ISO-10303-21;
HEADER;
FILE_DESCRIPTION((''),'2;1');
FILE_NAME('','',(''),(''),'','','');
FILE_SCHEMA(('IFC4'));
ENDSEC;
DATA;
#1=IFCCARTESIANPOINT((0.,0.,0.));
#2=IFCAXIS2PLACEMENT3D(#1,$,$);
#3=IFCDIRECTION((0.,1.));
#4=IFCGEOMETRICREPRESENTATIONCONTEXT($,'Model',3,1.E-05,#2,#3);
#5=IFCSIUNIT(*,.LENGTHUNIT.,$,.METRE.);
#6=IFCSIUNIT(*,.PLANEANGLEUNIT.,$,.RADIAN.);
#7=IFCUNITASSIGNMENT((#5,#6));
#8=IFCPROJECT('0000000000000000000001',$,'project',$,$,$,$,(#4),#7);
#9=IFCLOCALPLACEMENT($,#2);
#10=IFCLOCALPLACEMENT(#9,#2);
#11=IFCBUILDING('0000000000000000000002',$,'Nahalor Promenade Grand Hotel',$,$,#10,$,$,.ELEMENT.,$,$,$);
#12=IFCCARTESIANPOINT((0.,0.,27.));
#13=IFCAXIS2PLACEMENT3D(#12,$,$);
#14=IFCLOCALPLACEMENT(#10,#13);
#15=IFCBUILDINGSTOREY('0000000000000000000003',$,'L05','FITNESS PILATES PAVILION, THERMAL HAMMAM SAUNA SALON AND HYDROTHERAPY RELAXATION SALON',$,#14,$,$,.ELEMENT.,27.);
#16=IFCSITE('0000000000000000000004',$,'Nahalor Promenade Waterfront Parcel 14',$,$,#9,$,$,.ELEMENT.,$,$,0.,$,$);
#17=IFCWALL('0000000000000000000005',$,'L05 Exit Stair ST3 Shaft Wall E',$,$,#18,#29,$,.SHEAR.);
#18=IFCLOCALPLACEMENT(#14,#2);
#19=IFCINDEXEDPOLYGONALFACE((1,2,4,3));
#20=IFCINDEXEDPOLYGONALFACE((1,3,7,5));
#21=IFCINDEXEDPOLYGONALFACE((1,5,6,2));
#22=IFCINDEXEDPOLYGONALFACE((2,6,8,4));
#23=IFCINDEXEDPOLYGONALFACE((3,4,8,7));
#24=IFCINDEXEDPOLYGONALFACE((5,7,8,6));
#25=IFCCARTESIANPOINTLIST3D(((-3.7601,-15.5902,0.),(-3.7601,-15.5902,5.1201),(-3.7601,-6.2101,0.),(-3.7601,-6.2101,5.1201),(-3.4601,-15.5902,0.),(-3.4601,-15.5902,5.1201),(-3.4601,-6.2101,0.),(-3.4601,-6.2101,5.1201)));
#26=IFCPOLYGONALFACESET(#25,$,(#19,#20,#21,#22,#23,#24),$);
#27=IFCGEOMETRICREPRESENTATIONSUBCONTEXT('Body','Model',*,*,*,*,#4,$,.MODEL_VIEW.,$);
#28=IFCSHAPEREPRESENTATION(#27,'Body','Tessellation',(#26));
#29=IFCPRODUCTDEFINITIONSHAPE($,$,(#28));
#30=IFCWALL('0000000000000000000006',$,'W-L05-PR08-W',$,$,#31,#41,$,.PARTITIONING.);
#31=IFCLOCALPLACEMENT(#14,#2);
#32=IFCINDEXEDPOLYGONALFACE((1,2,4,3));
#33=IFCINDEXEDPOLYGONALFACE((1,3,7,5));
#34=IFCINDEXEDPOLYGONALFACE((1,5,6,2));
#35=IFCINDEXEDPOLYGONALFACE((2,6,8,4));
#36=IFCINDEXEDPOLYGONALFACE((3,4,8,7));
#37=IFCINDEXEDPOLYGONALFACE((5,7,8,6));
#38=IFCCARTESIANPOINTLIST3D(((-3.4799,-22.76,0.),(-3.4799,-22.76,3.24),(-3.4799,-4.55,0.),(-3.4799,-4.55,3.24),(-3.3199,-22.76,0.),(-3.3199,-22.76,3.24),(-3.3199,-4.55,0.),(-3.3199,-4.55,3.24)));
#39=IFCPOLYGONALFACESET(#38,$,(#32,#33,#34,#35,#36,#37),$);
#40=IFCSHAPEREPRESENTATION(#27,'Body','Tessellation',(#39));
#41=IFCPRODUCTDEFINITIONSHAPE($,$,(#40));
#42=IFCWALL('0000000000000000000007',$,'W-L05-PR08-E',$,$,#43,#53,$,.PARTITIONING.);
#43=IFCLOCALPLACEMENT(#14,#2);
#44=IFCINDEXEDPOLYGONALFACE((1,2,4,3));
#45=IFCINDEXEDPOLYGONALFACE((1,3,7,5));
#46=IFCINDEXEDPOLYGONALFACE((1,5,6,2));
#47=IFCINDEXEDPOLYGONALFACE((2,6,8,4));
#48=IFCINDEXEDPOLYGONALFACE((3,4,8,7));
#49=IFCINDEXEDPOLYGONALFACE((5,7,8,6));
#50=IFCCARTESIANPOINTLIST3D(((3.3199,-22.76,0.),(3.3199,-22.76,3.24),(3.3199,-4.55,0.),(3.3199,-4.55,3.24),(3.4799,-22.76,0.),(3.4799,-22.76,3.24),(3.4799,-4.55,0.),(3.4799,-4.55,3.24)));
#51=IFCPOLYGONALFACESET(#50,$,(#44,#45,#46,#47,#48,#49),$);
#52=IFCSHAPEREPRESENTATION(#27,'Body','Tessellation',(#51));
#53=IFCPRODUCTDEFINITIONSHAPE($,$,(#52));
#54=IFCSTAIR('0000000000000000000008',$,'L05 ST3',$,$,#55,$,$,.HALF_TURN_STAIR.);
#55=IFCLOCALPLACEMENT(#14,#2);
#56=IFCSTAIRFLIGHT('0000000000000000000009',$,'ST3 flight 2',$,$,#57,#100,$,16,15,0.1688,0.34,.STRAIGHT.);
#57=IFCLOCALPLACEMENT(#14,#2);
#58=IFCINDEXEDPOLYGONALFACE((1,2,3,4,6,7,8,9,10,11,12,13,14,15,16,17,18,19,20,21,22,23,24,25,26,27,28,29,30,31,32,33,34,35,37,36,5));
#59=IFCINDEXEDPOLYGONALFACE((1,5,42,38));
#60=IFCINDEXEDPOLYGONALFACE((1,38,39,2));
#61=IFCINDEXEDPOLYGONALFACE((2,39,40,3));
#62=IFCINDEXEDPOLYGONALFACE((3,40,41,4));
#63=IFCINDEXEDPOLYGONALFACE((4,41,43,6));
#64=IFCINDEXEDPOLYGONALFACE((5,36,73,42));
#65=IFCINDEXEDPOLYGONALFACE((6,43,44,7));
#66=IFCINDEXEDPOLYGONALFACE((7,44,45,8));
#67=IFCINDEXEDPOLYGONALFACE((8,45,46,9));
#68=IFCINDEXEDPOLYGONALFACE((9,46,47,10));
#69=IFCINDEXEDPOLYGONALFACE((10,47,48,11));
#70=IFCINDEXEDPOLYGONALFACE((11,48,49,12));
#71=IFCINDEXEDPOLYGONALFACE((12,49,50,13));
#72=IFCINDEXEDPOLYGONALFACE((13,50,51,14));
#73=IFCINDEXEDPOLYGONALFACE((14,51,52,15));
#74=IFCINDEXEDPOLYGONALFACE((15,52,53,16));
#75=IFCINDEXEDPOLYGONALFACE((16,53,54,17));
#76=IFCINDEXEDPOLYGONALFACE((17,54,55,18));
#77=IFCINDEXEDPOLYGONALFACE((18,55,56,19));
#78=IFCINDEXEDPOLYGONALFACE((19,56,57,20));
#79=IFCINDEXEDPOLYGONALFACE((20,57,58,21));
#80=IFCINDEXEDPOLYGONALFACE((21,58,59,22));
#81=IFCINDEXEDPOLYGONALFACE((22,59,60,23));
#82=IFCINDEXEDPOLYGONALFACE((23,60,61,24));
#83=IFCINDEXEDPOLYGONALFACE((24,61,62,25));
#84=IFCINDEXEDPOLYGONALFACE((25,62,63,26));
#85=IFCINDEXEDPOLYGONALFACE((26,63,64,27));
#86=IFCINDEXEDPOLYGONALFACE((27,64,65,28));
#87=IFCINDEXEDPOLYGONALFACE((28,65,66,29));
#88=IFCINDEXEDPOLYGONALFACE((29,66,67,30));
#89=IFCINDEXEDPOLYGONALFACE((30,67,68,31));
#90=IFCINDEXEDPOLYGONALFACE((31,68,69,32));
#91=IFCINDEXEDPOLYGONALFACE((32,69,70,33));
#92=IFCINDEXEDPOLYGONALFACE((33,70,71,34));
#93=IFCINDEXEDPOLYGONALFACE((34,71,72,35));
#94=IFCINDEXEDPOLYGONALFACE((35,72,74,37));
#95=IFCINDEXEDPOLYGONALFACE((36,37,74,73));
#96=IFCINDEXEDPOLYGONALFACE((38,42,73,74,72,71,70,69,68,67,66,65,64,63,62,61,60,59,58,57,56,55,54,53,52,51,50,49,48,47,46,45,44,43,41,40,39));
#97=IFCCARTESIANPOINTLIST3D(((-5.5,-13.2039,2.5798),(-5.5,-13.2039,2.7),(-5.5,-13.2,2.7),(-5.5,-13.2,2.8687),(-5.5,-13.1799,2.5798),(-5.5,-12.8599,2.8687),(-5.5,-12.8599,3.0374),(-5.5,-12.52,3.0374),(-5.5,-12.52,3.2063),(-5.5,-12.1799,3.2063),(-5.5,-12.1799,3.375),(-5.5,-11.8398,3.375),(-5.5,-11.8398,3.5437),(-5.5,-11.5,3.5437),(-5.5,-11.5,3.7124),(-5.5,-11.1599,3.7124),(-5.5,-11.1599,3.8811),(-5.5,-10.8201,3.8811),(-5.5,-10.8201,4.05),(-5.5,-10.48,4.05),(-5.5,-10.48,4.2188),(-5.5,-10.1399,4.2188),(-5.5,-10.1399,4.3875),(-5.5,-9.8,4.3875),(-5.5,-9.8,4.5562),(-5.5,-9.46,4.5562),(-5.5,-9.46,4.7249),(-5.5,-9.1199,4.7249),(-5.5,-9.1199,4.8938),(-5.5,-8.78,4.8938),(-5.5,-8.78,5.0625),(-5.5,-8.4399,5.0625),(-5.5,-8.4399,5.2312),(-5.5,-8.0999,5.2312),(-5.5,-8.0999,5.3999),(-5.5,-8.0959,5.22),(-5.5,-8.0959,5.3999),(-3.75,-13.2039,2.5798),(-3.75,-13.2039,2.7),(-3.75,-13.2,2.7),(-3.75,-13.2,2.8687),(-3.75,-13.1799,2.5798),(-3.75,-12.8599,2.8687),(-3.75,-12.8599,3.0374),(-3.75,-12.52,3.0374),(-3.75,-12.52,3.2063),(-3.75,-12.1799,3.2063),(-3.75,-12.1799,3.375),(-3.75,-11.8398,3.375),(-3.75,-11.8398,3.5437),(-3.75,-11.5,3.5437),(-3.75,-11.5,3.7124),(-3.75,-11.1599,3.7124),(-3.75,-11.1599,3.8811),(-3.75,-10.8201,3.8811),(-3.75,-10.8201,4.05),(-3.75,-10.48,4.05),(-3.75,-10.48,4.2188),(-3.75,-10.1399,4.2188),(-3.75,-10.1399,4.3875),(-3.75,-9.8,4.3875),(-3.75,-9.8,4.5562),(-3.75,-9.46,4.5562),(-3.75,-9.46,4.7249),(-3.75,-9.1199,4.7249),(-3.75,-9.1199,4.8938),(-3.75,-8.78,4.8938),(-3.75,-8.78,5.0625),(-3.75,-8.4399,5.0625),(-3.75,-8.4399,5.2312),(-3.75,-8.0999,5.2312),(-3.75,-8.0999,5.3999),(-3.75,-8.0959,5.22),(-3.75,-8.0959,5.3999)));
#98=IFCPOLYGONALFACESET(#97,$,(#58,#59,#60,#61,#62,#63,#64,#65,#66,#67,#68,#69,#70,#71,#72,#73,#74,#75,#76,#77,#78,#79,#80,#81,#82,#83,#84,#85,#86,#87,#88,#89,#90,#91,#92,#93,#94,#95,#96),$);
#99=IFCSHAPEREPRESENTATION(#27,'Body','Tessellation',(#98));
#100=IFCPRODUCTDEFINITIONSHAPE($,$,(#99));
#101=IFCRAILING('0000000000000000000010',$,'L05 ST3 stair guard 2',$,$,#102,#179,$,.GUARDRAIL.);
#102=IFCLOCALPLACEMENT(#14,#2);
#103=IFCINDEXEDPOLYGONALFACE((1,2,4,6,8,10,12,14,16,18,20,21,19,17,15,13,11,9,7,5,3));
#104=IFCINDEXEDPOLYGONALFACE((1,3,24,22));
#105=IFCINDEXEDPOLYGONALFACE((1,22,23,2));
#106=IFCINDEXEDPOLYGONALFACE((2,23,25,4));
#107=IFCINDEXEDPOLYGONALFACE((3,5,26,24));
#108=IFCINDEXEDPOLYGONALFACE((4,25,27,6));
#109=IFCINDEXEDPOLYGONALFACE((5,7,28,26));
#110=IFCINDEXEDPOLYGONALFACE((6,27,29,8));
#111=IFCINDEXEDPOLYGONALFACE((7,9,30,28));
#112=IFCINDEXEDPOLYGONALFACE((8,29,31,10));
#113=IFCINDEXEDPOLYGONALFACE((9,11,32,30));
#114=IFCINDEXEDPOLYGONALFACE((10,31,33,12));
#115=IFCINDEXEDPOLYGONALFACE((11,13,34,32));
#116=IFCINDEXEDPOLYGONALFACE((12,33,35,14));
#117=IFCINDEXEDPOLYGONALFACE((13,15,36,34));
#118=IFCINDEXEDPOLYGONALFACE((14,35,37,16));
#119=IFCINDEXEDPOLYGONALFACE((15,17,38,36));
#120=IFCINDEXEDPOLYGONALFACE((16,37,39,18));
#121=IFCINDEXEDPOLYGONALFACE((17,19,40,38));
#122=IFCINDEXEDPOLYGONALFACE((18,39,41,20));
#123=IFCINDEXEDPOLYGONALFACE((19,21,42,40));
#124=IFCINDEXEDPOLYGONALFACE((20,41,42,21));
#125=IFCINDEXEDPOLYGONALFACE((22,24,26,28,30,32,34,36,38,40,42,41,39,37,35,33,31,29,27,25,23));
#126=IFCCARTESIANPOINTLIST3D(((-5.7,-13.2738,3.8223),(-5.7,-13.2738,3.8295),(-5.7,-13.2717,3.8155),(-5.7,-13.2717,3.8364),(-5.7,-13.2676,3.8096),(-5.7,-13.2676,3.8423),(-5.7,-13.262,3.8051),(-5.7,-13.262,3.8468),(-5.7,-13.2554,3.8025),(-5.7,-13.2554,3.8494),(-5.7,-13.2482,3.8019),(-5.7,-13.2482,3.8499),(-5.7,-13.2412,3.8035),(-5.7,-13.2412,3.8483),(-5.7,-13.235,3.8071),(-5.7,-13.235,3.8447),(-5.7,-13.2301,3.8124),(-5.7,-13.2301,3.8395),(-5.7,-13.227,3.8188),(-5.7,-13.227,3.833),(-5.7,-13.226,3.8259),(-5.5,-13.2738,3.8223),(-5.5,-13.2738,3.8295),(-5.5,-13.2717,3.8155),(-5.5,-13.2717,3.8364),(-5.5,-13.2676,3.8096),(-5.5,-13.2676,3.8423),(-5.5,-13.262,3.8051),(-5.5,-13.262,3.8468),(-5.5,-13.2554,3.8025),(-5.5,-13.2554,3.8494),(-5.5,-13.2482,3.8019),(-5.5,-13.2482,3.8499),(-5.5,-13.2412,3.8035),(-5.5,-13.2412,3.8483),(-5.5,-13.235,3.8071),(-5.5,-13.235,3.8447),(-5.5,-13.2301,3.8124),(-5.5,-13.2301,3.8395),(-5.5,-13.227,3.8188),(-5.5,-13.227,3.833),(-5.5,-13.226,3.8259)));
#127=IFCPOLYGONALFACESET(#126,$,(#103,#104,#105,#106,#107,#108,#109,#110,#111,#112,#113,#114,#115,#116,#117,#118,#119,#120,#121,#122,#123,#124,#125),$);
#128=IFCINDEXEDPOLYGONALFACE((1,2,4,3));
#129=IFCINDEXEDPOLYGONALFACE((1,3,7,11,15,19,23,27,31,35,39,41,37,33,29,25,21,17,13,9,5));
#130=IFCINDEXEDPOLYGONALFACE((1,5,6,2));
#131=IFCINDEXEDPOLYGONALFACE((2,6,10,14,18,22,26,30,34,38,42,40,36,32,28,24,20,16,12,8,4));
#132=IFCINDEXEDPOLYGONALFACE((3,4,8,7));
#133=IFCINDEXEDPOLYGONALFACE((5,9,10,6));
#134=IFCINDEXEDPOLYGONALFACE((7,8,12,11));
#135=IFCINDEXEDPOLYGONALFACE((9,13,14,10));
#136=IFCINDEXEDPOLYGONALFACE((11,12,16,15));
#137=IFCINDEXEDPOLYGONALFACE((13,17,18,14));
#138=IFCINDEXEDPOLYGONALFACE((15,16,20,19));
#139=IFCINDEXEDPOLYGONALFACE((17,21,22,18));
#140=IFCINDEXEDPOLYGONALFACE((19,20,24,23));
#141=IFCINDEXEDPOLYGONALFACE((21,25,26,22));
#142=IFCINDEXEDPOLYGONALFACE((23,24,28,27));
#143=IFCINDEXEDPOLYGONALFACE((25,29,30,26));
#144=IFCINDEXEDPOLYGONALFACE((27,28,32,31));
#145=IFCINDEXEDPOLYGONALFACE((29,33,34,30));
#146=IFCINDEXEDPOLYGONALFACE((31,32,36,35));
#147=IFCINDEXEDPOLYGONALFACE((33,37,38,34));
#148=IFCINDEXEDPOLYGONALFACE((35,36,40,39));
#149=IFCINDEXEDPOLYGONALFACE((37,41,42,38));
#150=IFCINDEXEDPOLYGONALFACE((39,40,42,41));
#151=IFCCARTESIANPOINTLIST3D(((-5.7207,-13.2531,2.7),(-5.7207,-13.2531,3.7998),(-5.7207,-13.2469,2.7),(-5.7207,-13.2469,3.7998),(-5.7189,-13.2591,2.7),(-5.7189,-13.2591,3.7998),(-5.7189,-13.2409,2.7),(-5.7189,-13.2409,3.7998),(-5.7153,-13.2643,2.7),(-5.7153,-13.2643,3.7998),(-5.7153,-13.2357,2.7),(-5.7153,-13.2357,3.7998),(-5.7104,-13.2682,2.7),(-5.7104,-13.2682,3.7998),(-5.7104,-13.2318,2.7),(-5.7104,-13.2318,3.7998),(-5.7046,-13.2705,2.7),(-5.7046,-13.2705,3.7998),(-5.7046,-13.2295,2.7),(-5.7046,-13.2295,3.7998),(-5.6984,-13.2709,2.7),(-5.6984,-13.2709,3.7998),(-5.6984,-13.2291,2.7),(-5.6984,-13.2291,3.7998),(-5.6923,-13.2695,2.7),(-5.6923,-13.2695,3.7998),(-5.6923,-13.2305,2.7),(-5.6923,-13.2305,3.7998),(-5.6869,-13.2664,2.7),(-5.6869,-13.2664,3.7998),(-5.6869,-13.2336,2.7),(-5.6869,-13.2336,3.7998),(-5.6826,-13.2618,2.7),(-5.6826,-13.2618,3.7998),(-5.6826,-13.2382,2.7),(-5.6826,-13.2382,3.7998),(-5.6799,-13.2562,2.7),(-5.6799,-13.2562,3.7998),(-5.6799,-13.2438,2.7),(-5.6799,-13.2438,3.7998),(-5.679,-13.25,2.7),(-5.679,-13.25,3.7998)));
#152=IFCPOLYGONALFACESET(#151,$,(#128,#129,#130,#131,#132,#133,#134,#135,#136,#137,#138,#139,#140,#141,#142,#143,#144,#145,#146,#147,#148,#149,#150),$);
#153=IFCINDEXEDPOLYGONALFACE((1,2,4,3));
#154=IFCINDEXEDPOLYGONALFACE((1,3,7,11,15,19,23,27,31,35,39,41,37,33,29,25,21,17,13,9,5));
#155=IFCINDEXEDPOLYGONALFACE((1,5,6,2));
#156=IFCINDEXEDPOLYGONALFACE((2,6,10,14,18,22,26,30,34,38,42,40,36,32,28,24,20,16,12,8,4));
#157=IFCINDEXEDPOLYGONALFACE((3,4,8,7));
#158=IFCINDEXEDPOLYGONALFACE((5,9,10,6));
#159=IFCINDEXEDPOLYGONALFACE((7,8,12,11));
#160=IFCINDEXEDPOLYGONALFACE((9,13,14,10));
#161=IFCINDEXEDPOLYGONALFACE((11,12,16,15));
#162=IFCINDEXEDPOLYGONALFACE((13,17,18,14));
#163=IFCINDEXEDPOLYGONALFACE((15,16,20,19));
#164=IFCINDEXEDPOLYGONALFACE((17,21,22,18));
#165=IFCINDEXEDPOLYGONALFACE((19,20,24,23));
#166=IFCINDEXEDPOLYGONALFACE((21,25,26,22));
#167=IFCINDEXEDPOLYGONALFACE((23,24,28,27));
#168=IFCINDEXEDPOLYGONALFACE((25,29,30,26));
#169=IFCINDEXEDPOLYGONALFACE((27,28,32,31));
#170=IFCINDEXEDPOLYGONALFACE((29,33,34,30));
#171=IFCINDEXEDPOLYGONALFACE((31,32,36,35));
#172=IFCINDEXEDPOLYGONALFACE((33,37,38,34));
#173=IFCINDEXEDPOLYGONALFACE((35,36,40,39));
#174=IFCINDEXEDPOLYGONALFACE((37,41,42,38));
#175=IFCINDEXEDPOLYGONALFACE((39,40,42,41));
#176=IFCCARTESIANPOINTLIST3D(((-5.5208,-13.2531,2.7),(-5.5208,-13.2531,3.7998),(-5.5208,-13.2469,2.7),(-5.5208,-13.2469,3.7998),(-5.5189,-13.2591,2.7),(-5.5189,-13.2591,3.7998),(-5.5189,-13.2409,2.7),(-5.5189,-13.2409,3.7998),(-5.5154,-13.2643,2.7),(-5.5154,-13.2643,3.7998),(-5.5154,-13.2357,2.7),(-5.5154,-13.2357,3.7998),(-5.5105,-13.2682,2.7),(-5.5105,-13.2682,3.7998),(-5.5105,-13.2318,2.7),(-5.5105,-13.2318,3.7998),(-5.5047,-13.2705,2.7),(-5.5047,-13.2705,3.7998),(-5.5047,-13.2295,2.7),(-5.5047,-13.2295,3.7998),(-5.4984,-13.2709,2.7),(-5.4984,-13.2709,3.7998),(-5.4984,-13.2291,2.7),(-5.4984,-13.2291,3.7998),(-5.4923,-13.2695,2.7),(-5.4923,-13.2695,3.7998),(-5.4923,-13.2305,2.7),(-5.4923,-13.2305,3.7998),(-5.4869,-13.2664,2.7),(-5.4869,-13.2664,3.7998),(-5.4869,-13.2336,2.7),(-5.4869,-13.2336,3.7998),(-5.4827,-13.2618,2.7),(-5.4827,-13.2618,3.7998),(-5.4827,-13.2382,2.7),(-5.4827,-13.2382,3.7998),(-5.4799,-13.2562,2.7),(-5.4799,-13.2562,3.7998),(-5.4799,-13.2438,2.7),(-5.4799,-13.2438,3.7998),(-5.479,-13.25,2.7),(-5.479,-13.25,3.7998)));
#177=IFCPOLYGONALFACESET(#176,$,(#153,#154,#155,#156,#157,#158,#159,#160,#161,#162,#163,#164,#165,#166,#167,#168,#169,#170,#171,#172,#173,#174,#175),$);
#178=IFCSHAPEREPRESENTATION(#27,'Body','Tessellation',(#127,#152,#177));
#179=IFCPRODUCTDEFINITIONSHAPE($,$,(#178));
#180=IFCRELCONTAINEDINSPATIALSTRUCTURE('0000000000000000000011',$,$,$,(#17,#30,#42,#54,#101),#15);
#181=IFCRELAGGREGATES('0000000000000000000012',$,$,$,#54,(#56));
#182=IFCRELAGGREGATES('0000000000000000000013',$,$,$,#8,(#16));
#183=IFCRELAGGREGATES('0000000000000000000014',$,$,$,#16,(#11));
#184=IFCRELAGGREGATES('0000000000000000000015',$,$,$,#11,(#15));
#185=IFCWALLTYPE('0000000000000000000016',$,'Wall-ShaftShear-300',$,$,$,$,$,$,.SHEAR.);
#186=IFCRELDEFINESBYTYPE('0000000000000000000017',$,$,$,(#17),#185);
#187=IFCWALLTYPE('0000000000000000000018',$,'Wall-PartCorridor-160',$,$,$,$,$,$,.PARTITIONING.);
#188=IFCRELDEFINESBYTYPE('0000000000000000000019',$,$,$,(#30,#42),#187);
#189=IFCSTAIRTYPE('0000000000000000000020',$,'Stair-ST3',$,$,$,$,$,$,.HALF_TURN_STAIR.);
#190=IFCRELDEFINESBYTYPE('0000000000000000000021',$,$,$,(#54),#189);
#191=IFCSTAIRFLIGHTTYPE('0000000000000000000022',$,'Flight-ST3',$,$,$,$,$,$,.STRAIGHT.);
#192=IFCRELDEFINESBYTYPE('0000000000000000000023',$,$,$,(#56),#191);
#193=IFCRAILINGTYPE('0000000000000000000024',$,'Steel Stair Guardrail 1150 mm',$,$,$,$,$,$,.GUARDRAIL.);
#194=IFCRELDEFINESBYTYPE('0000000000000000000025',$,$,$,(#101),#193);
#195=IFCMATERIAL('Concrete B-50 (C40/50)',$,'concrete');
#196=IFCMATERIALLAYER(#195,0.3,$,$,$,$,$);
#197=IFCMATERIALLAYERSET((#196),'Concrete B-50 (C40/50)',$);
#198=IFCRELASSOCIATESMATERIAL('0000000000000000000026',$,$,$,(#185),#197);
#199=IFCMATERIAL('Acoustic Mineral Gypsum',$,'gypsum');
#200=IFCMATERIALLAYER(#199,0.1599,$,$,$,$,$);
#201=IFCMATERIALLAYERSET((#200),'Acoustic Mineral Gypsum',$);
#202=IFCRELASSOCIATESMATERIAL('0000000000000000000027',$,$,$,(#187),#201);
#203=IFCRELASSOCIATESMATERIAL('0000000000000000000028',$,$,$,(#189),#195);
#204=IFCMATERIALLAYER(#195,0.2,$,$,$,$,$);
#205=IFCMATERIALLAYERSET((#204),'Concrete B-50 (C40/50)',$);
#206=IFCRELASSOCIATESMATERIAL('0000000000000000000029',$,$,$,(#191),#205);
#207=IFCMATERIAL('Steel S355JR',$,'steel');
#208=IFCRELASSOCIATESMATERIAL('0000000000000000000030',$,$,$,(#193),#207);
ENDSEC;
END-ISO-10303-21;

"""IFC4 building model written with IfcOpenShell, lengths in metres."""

from ifc_helpers import new_model, si_unit, direction, frame, frame_2d, origin, origin_2d, place, context, subcontext, project, spatial, polyline, rectangle, circle, outline, extrude, source, transform, mapped, material, layer, layer_set, type_object, element, aggregate, save


model = new_model("IFC4")

# Units and contexts
model_context = context("Model", 3, precision=1e-05, world=origin(), true_north=direction((0.0, 1.0)))
body_context = subcontext(model_context, "Body", "Model", "MODEL_VIEW")
ifc_project = project(units=[si_unit("LENGTHUNIT", "METRE"), si_unit("PLANEANGLEUNIT", "RADIAN")], contexts=[model_context])

# Site, building, storey
site_placement = place(None, origin())
site = spatial("IfcSite", under=ifc_project, at=site_placement, Name="Nahalor Promenade Waterfront Parcel 14", CompositionType="ELEMENT", RefElevation=0.0)
building_placement = place(site_placement, origin())
building = spatial("IfcBuilding", under=site, at=building_placement, Name="Nahalor Promenade Grand Hotel", CompositionType="ELEMENT")
storey_placement = place(building_placement, frame((0.0, 0.0, 27.0)))
storey = spatial("IfcBuildingStorey", under=building, at=storey_placement, Name="L05", Description="FITNESS PILATES PAVILION, THERMAL HAMMAM SAUNA SALON AND HYDROTHERAPY RELAXATION SALON", CompositionType="ELEMENT", Elevation=27.0)

# Shared definitions
ifc_material_1 = material(Name="Steel S355JR", Category="steel")

# Walls
ifc_material_2 = material(Name="Concrete B-50 (C40/50)", Category="concrete")
ifc_layer_1 = layer(ifc_material_2, 0.3)
ifc_layer_set_1 = layer_set([ifc_layer_1], Name="Concrete B-50 (C40/50)")
wall_type_1 = type_object("IfcWallType", Name="Wall-ShaftShear-300", PredefinedType="SHEAR", material=ifc_layer_set_1)
shared_shape_1 = source(origin(), body_context, "Body", "SweptSolid", [
    extrude(rectangle(XDim=9.3801, YDim=0.3, at=frame_2d((4.6899, 0.0))), origin(), (0.0, 0.0, 1.0), 5.1201),
])
for number, where, z_axis, x_axis, name in (
    (1, (-3.6101, -15.5901, 0.0), (0.0, 0.0, 1.0), (0.0, 1.0, 0.0), "L05 Exit Stair ST3 Shaft Wall E"),
):
    element("IfcWall", number, at=place(storey_placement, frame(where, z_axis=z_axis, x_axis=x_axis)), inside=storey, type_object=wall_type_1, Name=name, PredefinedType="SHEAR", context=body_context, shape_type="MappedRepresentation", body=[
        mapped(shared_shape_1, transform((0.0, 0.0, 0.0), scale=1.0)),
    ])
ifc_material_3 = material(Name="Acoustic Mineral Gypsum", Category="gypsum")
ifc_layer_2 = layer(ifc_material_3, 0.1599)
ifc_layer_set_2 = layer_set([ifc_layer_2], Name="Acoustic Mineral Gypsum")
wall_type_2 = type_object("IfcWallType", Name="Wall-PartCorridor-160", PredefinedType="PARTITIONING", material=ifc_layer_set_2)
shared_shape_2 = source(origin(), body_context, "Body", "SweptSolid", [
    extrude(rectangle(XDim=18.21, YDim=0.1599, at=frame_2d((9.105, 0.0))), origin(), (0.0, 0.0, 1.0), 3.24),
])
for number, where, z_axis, x_axis, name in (
    (2, (-3.3999, -22.76, 0.0), (0.0, 0.0, 1.0), (0.0, 1.0, 0.0), "W-L05-PR08-W"),
    (3, (3.3999, -22.76, 0.0), (0.0, 0.0, 1.0), (0.0, 1.0, 0.0), "W-L05-PR08-E"),
):
    element("IfcWall", number, at=place(storey_placement, frame(where, z_axis=z_axis, x_axis=x_axis)), inside=storey, type_object=wall_type_2, Name=name, PredefinedType="PARTITIONING", context=body_context, shape_type="MappedRepresentation", body=[
        mapped(shared_shape_2, transform((0.0, 0.0, 0.0), scale=1.0)),
    ])

# Stair, stair flight
stair_type = type_object("IfcStairType", Name="Stair-ST3", PredefinedType="HALF_TURN_STAIR", material=ifc_material_2)
stair_placement = place(storey_placement, origin())
stair = element("IfcStair", 4, at=stair_placement, inside=storey, type_object=stair_type, Name="L05 ST3", PredefinedType="HALF_TURN_STAIR")
ifc_layer_3 = layer(ifc_material_2, 0.2)
ifc_layer_set_3 = layer_set([ifc_layer_3], Name="Concrete B-50 (C40/50)")
stair_flight_type = type_object("IfcStairFlightType", Name="Flight-ST3", PredefinedType="STRAIGHT", material=ifc_layer_set_3)
shared_shape_3 = source(origin(), body_context, "Body", "SweptSolid", [
    extrude(outline(polyline([(-0.0039, -0.1201), (-0.0039, 0.0), (0.0, 0.0), (0.0, 0.1687), (0.3401, 0.1687), (0.3401, 0.3374), (0.6799, 0.3374), (0.6799, 0.5063), (1.02, 0.5063), (1.02, 0.675), (1.3601, 0.675), (1.3601, 0.8438), (1.7, 0.8438), (1.7, 1.0125), (2.04, 1.0125), (2.04, 1.1812), (2.3799, 1.1812), (2.3799, 1.3501), (2.72, 1.3501), (2.72, 1.5188), (3.0601, 1.5188), (3.0601, 1.6875), (3.3999, 1.6875), (3.3999, 1.8562), (3.74, 1.8562), (3.74, 2.0249), (4.0801, 2.0249), (4.0801, 2.1938), (4.4199, 2.1938), (4.4199, 2.3625), (4.76, 2.3625), (4.76, 2.5312), (5.1001, 2.5312), (5.1001, 2.7), (5.104, 2.7), (5.104, 2.52), (0.02, -0.1201), (-0.0039, -0.1201)])), frame((0.0, 0.875, 0.0), z_axis=(0.0, -1.0, 0.0), x_axis=(1.0, 0.0, 0.0)), (0.0, 0.0, 1.0), 1.75),
])
stair_flight_placement = place(storey_placement, frame((-4.625, -13.2, 2.7), z_axis=(0.0, 0.0, 1.0), x_axis=(0.0, 1.0, 0.0)))
stair_flight = element("IfcStairFlight", 5, at=stair_flight_placement, type_object=stair_flight_type, Name="ST3 flight 2", NumberOfRisers=16, NumberOfTreads=15, PredefinedType="STRAIGHT", RiserHeight=0.1688, TreadLength=0.34, context=body_context, shape_type="MappedRepresentation", body=[
    mapped(shared_shape_3, transform((0.0, 0.0, 0.0), scale=1.0)),
])
aggregate(stair, [stair_flight])

# Railing
railing_type_1 = type_object("IfcRailingType", Name="Steel Stair Guardrail 1150 mm", PredefinedType="GUARDRAIL", material=ifc_material_1)
railing_1_placement = place(storey_placement, frame((-5.7, -13.25, 2.7)))
element("IfcRailing", 6, at=railing_1_placement, inside=storey, type_object=railing_type_1, Name="L05 ST3 stair guard 2", PredefinedType="GUARDRAIL", context=body_context, shape_type="SweptSolid", body=[
    extrude(circle(Radius=0.024, at=origin_2d()), frame((0.0, 0.0, 1.126), z_axis=(1.0, 0.0, 0.0), x_axis=(0.0, 1.0, 0.0)), (0.0, 0.0, 1.0), 0.2),
    extrude(circle(Radius=0.021, at=origin_2d()), origin(), (0.0, 0.0, 1.0), 1.0999),
    extrude(circle(Radius=0.021, at=origin_2d()), frame((0.2, 0.0, 0.0)), (0.0, 0.0, 1.0), 1.0999),
])

save(model, "model.ifc")
